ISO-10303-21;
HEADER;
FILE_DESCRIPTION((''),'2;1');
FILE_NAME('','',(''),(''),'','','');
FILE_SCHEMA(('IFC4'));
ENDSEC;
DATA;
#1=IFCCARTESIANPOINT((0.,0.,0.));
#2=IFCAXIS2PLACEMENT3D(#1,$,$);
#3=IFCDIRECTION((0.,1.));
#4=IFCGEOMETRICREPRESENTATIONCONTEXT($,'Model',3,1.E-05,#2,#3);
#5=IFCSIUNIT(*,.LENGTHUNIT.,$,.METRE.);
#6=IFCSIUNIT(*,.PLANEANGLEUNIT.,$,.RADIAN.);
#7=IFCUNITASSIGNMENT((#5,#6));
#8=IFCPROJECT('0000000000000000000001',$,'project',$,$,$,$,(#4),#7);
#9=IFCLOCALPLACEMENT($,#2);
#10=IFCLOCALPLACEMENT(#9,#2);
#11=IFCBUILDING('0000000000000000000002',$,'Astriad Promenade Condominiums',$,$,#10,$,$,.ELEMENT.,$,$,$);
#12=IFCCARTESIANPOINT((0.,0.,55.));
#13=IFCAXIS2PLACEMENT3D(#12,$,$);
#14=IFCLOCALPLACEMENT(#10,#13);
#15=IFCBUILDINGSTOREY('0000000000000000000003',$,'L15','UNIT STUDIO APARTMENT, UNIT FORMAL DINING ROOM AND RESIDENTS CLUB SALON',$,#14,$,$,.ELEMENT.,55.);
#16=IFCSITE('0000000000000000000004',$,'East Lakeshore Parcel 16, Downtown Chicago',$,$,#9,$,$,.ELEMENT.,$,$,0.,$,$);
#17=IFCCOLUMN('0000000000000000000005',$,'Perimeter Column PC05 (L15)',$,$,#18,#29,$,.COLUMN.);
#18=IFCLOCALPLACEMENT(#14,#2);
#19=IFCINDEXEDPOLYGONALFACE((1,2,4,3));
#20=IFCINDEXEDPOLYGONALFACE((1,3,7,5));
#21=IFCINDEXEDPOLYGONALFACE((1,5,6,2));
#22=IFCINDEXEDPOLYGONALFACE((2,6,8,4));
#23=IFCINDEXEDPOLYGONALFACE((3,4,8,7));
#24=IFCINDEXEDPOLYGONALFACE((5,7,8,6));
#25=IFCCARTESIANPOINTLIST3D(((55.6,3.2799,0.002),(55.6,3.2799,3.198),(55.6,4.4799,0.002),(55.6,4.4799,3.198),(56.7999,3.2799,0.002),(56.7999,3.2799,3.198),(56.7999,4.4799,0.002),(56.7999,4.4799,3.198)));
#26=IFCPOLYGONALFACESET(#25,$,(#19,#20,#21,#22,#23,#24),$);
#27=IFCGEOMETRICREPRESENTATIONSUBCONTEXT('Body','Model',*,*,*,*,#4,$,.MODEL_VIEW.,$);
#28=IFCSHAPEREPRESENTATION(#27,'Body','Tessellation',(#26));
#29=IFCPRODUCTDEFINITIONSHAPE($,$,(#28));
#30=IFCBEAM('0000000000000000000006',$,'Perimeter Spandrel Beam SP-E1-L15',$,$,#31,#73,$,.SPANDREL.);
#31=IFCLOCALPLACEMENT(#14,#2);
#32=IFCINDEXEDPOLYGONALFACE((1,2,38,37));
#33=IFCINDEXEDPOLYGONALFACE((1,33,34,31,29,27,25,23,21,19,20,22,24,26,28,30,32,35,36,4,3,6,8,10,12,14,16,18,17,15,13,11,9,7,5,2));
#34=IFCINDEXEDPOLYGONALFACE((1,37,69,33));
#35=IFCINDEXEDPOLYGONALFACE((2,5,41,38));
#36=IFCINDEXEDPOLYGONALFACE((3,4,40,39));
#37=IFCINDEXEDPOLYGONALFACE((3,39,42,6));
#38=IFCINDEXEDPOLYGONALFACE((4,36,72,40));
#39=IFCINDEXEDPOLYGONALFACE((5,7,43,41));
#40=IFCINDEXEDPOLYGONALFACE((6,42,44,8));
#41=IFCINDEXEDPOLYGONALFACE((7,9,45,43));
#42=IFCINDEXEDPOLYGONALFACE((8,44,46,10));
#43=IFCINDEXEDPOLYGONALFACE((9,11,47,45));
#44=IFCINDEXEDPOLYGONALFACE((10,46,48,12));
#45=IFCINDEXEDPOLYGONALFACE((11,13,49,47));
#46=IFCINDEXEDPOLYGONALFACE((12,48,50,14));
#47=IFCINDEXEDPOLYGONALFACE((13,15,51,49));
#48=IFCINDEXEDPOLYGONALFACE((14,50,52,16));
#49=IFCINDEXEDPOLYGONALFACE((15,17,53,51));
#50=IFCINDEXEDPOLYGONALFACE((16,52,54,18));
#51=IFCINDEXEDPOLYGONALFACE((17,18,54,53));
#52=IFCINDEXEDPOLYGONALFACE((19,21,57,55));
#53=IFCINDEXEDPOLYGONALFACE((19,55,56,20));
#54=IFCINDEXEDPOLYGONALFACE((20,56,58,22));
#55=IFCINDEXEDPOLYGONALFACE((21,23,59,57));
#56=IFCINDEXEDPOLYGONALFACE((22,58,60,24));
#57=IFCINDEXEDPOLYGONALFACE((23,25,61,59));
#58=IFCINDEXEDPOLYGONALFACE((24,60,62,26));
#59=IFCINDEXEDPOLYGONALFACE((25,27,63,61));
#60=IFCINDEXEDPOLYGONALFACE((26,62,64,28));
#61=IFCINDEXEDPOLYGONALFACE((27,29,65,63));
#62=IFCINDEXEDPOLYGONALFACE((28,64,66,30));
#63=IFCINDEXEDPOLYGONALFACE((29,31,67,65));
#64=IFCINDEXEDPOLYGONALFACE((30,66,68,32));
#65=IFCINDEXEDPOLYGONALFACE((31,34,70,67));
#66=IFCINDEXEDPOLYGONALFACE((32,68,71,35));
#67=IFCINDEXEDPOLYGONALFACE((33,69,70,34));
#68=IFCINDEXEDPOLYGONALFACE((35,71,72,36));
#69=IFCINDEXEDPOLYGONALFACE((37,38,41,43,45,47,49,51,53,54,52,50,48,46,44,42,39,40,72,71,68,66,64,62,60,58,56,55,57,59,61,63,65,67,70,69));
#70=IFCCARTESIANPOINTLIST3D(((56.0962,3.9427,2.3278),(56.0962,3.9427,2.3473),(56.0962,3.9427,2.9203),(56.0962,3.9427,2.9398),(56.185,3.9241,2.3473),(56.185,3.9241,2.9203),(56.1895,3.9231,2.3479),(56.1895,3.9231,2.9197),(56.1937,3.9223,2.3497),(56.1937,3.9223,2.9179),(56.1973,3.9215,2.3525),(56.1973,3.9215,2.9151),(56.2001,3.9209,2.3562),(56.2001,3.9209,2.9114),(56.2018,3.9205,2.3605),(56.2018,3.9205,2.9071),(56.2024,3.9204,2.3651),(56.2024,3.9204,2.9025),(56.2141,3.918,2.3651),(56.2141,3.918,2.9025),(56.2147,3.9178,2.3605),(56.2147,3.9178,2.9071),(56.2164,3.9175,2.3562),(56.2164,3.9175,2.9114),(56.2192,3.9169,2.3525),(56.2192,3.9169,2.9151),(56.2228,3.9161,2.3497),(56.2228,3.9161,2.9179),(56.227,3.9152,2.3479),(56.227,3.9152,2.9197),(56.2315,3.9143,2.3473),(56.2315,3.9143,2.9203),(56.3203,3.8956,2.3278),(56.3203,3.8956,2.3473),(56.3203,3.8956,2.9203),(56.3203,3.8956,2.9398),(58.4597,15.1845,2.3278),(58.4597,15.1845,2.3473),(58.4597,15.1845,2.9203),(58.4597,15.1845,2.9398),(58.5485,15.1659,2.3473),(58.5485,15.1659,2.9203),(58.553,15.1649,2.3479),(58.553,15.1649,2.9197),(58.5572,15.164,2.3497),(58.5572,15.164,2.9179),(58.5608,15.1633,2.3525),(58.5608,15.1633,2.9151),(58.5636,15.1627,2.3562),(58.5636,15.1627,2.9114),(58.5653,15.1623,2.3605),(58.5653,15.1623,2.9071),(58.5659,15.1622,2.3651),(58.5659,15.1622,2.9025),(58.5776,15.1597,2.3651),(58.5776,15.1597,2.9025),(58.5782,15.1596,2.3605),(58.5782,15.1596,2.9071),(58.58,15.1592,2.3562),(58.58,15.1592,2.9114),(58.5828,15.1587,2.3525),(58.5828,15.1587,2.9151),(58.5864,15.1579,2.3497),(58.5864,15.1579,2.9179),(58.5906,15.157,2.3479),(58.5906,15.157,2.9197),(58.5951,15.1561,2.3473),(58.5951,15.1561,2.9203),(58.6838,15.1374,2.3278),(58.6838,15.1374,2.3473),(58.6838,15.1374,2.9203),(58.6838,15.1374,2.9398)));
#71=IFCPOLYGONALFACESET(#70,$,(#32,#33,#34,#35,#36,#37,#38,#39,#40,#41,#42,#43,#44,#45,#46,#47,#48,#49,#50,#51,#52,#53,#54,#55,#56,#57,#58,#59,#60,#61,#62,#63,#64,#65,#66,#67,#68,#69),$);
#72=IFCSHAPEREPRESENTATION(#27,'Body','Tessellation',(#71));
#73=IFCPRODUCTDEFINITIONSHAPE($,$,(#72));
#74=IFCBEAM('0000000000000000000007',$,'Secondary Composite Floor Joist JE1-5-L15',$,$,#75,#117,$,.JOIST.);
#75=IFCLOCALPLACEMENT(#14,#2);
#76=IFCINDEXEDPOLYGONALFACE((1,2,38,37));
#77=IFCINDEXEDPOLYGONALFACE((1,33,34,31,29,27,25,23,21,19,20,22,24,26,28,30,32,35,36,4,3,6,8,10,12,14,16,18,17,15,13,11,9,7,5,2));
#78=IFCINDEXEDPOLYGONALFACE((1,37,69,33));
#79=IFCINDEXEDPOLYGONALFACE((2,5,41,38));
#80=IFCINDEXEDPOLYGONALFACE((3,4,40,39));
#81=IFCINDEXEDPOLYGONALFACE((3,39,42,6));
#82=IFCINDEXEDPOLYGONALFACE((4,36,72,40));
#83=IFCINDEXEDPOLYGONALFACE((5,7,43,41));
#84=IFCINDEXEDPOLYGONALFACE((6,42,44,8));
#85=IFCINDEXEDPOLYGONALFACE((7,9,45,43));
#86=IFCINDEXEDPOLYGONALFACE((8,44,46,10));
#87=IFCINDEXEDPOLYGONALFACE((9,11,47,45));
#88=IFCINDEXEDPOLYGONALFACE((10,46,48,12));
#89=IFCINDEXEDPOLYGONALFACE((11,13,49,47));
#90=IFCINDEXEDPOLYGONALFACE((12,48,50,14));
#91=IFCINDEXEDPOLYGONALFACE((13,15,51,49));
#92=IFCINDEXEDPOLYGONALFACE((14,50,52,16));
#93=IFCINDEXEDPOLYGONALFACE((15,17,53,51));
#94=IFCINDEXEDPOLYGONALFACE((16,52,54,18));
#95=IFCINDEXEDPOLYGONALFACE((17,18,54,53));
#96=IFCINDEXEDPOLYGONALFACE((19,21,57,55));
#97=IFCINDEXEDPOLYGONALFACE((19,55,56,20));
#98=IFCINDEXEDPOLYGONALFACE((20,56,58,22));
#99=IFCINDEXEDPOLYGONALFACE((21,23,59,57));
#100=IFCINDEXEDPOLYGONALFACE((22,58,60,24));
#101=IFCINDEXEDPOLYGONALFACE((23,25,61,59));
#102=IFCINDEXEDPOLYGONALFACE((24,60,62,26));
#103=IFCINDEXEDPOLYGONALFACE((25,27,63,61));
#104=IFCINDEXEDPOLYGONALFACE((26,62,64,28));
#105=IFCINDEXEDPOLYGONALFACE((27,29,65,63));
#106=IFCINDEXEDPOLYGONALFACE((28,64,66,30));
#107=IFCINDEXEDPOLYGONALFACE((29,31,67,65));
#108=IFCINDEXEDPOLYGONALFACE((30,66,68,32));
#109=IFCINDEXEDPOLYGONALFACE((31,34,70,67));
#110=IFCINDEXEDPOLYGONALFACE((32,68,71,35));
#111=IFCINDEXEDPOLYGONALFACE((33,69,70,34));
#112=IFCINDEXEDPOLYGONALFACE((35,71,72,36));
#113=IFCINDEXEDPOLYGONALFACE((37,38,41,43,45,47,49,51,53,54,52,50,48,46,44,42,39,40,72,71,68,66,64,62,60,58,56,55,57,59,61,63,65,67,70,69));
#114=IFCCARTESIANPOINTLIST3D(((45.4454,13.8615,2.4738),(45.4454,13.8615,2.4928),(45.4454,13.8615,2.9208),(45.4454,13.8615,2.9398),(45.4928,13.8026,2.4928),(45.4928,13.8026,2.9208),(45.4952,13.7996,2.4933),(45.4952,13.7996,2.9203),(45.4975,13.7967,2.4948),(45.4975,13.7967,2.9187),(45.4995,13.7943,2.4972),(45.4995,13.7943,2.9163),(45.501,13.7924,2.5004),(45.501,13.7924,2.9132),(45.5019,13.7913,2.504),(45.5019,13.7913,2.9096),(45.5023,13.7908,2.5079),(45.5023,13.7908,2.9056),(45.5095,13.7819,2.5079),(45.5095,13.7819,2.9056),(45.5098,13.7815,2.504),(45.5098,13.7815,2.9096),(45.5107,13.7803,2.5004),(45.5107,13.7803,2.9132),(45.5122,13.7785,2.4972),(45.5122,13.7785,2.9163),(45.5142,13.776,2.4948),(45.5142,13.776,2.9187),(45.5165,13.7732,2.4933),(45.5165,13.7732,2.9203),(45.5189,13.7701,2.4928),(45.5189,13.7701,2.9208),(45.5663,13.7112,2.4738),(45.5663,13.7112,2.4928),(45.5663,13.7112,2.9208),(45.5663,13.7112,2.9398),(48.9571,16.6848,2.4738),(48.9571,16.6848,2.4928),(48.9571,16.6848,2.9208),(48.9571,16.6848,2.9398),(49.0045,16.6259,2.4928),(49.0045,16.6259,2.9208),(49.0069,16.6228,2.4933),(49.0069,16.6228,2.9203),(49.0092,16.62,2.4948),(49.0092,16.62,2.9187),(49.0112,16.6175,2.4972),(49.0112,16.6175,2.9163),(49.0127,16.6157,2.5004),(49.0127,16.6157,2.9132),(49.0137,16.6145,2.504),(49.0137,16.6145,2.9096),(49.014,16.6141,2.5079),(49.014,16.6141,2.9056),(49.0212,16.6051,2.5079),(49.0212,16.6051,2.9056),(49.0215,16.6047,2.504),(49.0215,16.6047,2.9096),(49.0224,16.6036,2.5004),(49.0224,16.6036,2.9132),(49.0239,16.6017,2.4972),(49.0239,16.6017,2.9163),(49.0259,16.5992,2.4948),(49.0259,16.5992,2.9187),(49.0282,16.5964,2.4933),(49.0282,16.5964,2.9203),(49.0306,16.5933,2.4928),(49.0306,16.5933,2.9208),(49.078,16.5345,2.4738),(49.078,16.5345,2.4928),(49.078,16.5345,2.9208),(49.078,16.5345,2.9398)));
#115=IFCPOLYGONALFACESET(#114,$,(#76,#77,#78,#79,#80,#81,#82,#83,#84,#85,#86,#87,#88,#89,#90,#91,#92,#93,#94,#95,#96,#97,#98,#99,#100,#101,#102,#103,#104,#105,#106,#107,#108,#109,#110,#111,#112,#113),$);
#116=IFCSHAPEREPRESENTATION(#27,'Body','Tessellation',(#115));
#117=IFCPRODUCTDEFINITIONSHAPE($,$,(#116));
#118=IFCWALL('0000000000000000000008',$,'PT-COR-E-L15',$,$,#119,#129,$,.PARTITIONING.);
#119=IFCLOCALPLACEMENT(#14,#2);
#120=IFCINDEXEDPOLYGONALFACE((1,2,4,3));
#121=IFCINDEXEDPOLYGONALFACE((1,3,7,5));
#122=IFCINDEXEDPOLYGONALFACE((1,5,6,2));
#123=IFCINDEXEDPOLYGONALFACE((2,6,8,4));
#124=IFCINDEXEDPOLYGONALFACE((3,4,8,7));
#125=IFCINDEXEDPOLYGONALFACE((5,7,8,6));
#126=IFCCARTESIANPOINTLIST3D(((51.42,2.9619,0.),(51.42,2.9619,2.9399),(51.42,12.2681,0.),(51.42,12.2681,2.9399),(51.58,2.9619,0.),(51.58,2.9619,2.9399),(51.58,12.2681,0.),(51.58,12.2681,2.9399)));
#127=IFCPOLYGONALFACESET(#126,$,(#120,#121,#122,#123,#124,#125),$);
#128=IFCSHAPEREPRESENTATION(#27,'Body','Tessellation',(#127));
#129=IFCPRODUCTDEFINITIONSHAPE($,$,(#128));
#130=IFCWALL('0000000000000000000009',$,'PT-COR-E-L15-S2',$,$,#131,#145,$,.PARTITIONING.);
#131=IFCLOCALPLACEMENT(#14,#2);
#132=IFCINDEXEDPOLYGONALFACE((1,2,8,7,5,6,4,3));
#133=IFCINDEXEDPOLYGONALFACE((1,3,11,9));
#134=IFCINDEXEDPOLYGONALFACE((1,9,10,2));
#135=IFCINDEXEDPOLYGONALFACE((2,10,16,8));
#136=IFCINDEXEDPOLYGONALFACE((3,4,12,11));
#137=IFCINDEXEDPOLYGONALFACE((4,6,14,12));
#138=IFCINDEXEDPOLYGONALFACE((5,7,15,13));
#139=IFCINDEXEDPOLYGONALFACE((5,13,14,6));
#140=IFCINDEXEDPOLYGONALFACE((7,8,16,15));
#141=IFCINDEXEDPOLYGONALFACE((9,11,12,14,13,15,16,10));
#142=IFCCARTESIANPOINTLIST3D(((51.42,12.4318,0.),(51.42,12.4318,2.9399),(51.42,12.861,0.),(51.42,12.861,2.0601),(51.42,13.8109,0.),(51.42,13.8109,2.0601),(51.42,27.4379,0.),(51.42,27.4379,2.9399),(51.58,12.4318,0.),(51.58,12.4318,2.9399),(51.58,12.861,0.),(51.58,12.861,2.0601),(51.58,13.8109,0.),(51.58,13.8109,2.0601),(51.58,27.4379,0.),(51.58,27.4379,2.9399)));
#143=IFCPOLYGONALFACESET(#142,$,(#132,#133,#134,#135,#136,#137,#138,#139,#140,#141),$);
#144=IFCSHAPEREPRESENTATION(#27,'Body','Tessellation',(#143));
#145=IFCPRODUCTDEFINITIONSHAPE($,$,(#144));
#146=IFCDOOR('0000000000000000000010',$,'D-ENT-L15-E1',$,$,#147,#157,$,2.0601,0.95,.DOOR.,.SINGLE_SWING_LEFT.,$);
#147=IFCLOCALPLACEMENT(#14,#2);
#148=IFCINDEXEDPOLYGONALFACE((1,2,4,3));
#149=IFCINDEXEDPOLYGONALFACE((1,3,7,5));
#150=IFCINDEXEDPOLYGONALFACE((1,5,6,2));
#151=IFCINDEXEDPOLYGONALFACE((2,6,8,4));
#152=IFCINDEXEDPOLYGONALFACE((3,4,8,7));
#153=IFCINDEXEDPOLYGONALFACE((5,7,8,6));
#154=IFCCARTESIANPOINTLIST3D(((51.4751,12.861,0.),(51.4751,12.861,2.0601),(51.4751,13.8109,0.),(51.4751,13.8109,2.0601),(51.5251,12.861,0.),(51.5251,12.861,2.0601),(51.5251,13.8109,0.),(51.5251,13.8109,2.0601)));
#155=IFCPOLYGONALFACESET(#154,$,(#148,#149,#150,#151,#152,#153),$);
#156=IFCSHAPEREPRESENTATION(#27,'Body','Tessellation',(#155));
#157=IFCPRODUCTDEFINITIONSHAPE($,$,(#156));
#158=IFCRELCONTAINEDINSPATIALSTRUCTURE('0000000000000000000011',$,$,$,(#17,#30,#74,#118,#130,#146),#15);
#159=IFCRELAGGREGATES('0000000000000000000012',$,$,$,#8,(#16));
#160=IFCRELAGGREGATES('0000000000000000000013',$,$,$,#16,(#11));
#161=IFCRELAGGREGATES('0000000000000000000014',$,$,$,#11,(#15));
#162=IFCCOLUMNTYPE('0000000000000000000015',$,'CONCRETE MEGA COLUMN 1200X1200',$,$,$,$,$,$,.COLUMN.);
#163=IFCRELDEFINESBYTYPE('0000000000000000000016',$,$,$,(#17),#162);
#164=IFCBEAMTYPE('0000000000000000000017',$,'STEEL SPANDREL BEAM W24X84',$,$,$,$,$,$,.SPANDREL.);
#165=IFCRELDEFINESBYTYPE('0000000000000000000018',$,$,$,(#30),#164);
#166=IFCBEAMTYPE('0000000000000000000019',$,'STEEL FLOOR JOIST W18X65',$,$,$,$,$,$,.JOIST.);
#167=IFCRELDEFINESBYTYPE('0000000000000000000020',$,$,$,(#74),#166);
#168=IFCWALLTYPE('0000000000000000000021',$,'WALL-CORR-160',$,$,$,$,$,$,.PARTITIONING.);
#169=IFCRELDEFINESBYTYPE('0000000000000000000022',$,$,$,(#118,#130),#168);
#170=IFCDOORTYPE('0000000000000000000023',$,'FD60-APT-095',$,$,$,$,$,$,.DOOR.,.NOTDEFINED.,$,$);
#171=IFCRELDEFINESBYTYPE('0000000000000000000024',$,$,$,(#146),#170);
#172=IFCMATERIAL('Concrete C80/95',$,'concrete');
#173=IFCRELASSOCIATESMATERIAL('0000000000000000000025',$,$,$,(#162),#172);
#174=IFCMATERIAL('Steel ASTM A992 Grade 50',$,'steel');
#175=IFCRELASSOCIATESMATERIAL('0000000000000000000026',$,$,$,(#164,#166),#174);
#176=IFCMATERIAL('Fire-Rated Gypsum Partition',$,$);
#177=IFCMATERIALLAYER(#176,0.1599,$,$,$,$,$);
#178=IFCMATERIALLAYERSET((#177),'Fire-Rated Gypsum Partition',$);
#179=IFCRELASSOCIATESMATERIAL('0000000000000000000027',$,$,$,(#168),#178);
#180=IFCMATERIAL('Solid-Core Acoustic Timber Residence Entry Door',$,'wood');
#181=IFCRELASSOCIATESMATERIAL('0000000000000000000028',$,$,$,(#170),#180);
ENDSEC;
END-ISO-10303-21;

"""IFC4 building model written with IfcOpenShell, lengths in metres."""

from ifc_helpers import new_model, si_unit, direction, frame, frame_2d, origin, origin_2d, place, context, subcontext, project, spatial, rectangle, i_section, extrude, source, transform, mapped, material, layer, layer_set, material_profile, profile_set, type_object, type_shapes, element, fill, save


model = new_model("IFC4")

# Units and contexts
model_context = context("Model", 3, precision=1e-05, world=origin(), true_north=direction((0.0, 1.0)))
body_context = subcontext(model_context, "Body", "Model", "MODEL_VIEW")
ifc_project = project(units=[si_unit("LENGTHUNIT", "METRE"), si_unit("PLANEANGLEUNIT", "RADIAN")], contexts=[model_context])

# Site, building, storey
site_placement = place(None, origin())
site = spatial("IfcSite", under=ifc_project, at=site_placement, Name="East Lakeshore Parcel 16, Downtown Chicago", CompositionType="ELEMENT", RefElevation=0.0)
building_placement = place(site_placement, origin())
building = spatial("IfcBuilding", under=site, at=building_placement, Name="Astriad Promenade Condominiums", CompositionType="ELEMENT")
storey_placement = place(building_placement, frame((0.0, 0.0, 55.0)))
storey = spatial("IfcBuildingStorey", under=building, at=storey_placement, Name="L15", Description="UNIT STUDIO APARTMENT, UNIT FORMAL DINING ROOM AND RESIDENTS CLUB SALON", CompositionType="ELEMENT", Elevation=55.0)

# Column
ifc_material_1 = material(Name="Concrete C80/95", Category="concrete")
ifc_material_profile_1 = material_profile(ifc_material_1, rectangle(XDim=1.2, YDim=1.2, at=origin_2d()), Name="RC-COL-1200X1200")
ifc_profile_set_1 = profile_set([ifc_material_profile_1], Name="Concrete C80/95")
column_type = type_object("IfcColumnType", Name="CONCRETE MEGA COLUMN 1200X1200", PredefinedType="COLUMN", material=ifc_profile_set_1)
shared_shape_1 = source(origin(), body_context, "Body", "SweptSolid", [
    extrude(rectangle(XDim=1.2, YDim=1.2, at=origin_2d()), origin(), (0.0, 0.0, 1.0), 3.196),
])
type_shapes(column_type, [shared_shape_1])
column_placement = place(storey_placement, frame((56.2, 3.8799, 0.002), z_axis=(0.0, 0.0, 1.0), x_axis=(1.0, 0.0, 0.0)))
element("IfcColumn", 1, at=column_placement, inside=storey, type_object=column_type, Name="Perimeter Column PC05 (L15)", PredefinedType="COLUMN", context=body_context, shape_type="MappedRepresentation", body=[
    mapped(shared_shape_1, transform((0.0, 0.0, 0.0), scale=1.0)),
])

# Beams
ifc_material_2 = material(Name="Steel ASTM A992 Grade 50", Category="steel")
ifc_material_profile_2 = material_profile(ifc_material_2, i_section(OverallWidth=0.229, OverallDepth=0.6121, WebThickness=0.012, FlangeThickness=0.0195, FilletRadius=0.0178, at=origin_2d()), Name="W24X84")
ifc_profile_set_2 = profile_set([ifc_material_profile_2], Name="Steel ASTM A992 Grade 50")
beam_type_1 = type_object("IfcBeamType", Name="STEEL SPANDREL BEAM W24X84", PredefinedType="SPANDREL", material=ifc_profile_set_2)
shared_shape_2 = source(origin(), body_context, "Body", "SweptSolid", [
    extrude(i_section(OverallWidth=0.229, OverallDepth=0.6121, WebThickness=0.012, FlangeThickness=0.0195, FilletRadius=0.0178, at=origin_2d()), origin(), (0.0, 0.0, 1.0), 11.4875),
])
type_shapes(beam_type_1, [shared_shape_2])
beam_1_placement = place(storey_placement, frame((56.2083, 3.9192, 2.6338), z_axis=(0.205748, 0.978605, 0.0), x_axis=(-0.978605, 0.205748, 0.0)))
element("IfcBeam", 2, at=beam_1_placement, inside=storey, type_object=beam_type_1, Name="Perimeter Spandrel Beam SP-E1-L15", PredefinedType="SPANDREL", context=body_context, shape_type="MappedRepresentation", body=[
    mapped(shared_shape_2, transform((0.0, 0.0, 0.0), scale=1.0)),
])
ifc_material_profile_3 = material_profile(ifc_material_2, i_section(OverallWidth=0.1929, OverallDepth=0.4661, WebThickness=0.0115, FlangeThickness=0.019, FilletRadius=0.0151, at=origin_2d()), Name="W18X65")
ifc_profile_set_3 = profile_set([ifc_material_profile_3], Name="Steel ASTM A992 Grade 50")
beam_type_2 = type_object("IfcBeamType", Name="STEEL FLOOR JOIST W18X65", PredefinedType="JOIST", material=ifc_profile_set_3)
shared_shape_3 = source(origin(), body_context, "Body", "SweptSolid", [
    extrude(i_section(OverallWidth=0.1929, OverallDepth=0.4661, WebThickness=0.0115, FlangeThickness=0.019, FilletRadius=0.0151, at=origin_2d()), origin(), (0.0, 0.0, 1.0), 4.5059),
])
type_shapes(beam_type_2, [shared_shape_3])
beam_2_placement = place(storey_placement, frame((45.5059, 13.7864, 2.7068), z_axis=(0.779365, 0.62657, 0.0), x_axis=(-0.62657, 0.779365, 0.0)))
element("IfcBeam", 3, at=beam_2_placement, inside=storey, type_object=beam_type_2, Name="Secondary Composite Floor Joist JE1-5-L15", PredefinedType="JOIST", context=body_context, shape_type="MappedRepresentation", body=[
    mapped(shared_shape_3, transform((0.0, 0.0, 0.0), scale=1.0)),
])

# Wall
ifc_material_3 = material(Name="Fire-Rated Gypsum Partition")
ifc_layer_1 = layer(ifc_material_3, 0.1599)
ifc_layer_set_1 = layer_set([ifc_layer_1], Name="Fire-Rated Gypsum Partition")
wall_type_1 = type_object("IfcWallType", Name="WALL-CORR-160", PredefinedType="PARTITIONING", material=ifc_layer_set_1)
wall_1_placement = place(storey_placement, frame((51.5, 2.9619, 0.0), z_axis=(0.0, 0.0, 1.0), x_axis=(0.0, 1.0, 0.0)))
element("IfcWall", 4, at=wall_1_placement, inside=storey, type_object=wall_type_1, Name="PT-COR-E-L15", PredefinedType="PARTITIONING", context=body_context, shape_type="SweptSolid", body=[
    extrude(rectangle(XDim=9.3062, YDim=0.1599, at=frame_2d((4.6531, 0.0))), origin(), (0.0, 0.0, 1.0), 2.9399),
])

# Wall, opening, door
wall_2_placement = place(storey_placement, frame((51.5, 12.4319, 0.0), z_axis=(0.0, 0.0, 1.0), x_axis=(0.0, 1.0, 0.0)))
wall_2 = element("IfcWall", 5, at=wall_2_placement, inside=storey, type_object=wall_type_1, Name="PT-COR-E-L15-S2", PredefinedType="PARTITIONING", context=body_context, shape_type="SweptSolid", body=[
    extrude(rectangle(XDim=15.0061, YDim=0.1599, at=frame_2d((7.5029, 0.0))), origin(), (0.0, 0.0, 1.0), 2.9399),
])
opening_1_placement = place(wall_2_placement, frame((0.429, 0.0, 0.0)))
opening_1 = element("IfcOpeningElement", 6, at=opening_1_placement, cuts=wall_2, PredefinedType="OPENING", context=body_context, shape_type="SweptSolid", body=[
    extrude(rectangle(XDim=0.95, YDim=2.0601, at=frame_2d((0.4751, 1.03))), frame((0.0, 0.0898, 0.0), z_axis=(0.0, -1.0, 0.0), x_axis=(1.0, 0.0, 0.0)), (0.0, 0.0, 1.0), 0.1799),
])
ifc_material_4 = material(Name="Solid-Core Acoustic Timber Residence Entry Door", Category="wood")
door_type_1 = type_object("IfcDoorType", Name="FD60-APT-095", OperationType="NOTDEFINED", PredefinedType="DOOR", material=ifc_material_4)
shared_shape_4 = source(origin(), body_context, "Body", "SweptSolid", [
    extrude(rectangle(XDim=0.95, YDim=2.0601, at=frame_2d((0.4751, 1.03))), frame((0.0, 0.0249, 0.0), z_axis=(0.0, -1.0, 0.0), x_axis=(1.0, 0.0, 0.0)), (0.0, 0.0, 1.0), 0.05),
])
type_shapes(door_type_1, [shared_shape_4])
door_1_placement = place(opening_1_placement, origin())
door_1 = element("IfcDoor", 7, at=door_1_placement, inside=storey, type_object=door_type_1, Name="D-ENT-L15-E1", OperationType="SINGLE_SWING_LEFT", OverallHeight=2.0601, OverallWidth=0.95, PredefinedType="DOOR", context=body_context, shape_type="MappedRepresentation", body=[
    mapped(shared_shape_4, transform((0.0, 0.0, 0.0), scale=1.0)),
])
fill(opening_1, door_1)

save(model, "model.ifc")
